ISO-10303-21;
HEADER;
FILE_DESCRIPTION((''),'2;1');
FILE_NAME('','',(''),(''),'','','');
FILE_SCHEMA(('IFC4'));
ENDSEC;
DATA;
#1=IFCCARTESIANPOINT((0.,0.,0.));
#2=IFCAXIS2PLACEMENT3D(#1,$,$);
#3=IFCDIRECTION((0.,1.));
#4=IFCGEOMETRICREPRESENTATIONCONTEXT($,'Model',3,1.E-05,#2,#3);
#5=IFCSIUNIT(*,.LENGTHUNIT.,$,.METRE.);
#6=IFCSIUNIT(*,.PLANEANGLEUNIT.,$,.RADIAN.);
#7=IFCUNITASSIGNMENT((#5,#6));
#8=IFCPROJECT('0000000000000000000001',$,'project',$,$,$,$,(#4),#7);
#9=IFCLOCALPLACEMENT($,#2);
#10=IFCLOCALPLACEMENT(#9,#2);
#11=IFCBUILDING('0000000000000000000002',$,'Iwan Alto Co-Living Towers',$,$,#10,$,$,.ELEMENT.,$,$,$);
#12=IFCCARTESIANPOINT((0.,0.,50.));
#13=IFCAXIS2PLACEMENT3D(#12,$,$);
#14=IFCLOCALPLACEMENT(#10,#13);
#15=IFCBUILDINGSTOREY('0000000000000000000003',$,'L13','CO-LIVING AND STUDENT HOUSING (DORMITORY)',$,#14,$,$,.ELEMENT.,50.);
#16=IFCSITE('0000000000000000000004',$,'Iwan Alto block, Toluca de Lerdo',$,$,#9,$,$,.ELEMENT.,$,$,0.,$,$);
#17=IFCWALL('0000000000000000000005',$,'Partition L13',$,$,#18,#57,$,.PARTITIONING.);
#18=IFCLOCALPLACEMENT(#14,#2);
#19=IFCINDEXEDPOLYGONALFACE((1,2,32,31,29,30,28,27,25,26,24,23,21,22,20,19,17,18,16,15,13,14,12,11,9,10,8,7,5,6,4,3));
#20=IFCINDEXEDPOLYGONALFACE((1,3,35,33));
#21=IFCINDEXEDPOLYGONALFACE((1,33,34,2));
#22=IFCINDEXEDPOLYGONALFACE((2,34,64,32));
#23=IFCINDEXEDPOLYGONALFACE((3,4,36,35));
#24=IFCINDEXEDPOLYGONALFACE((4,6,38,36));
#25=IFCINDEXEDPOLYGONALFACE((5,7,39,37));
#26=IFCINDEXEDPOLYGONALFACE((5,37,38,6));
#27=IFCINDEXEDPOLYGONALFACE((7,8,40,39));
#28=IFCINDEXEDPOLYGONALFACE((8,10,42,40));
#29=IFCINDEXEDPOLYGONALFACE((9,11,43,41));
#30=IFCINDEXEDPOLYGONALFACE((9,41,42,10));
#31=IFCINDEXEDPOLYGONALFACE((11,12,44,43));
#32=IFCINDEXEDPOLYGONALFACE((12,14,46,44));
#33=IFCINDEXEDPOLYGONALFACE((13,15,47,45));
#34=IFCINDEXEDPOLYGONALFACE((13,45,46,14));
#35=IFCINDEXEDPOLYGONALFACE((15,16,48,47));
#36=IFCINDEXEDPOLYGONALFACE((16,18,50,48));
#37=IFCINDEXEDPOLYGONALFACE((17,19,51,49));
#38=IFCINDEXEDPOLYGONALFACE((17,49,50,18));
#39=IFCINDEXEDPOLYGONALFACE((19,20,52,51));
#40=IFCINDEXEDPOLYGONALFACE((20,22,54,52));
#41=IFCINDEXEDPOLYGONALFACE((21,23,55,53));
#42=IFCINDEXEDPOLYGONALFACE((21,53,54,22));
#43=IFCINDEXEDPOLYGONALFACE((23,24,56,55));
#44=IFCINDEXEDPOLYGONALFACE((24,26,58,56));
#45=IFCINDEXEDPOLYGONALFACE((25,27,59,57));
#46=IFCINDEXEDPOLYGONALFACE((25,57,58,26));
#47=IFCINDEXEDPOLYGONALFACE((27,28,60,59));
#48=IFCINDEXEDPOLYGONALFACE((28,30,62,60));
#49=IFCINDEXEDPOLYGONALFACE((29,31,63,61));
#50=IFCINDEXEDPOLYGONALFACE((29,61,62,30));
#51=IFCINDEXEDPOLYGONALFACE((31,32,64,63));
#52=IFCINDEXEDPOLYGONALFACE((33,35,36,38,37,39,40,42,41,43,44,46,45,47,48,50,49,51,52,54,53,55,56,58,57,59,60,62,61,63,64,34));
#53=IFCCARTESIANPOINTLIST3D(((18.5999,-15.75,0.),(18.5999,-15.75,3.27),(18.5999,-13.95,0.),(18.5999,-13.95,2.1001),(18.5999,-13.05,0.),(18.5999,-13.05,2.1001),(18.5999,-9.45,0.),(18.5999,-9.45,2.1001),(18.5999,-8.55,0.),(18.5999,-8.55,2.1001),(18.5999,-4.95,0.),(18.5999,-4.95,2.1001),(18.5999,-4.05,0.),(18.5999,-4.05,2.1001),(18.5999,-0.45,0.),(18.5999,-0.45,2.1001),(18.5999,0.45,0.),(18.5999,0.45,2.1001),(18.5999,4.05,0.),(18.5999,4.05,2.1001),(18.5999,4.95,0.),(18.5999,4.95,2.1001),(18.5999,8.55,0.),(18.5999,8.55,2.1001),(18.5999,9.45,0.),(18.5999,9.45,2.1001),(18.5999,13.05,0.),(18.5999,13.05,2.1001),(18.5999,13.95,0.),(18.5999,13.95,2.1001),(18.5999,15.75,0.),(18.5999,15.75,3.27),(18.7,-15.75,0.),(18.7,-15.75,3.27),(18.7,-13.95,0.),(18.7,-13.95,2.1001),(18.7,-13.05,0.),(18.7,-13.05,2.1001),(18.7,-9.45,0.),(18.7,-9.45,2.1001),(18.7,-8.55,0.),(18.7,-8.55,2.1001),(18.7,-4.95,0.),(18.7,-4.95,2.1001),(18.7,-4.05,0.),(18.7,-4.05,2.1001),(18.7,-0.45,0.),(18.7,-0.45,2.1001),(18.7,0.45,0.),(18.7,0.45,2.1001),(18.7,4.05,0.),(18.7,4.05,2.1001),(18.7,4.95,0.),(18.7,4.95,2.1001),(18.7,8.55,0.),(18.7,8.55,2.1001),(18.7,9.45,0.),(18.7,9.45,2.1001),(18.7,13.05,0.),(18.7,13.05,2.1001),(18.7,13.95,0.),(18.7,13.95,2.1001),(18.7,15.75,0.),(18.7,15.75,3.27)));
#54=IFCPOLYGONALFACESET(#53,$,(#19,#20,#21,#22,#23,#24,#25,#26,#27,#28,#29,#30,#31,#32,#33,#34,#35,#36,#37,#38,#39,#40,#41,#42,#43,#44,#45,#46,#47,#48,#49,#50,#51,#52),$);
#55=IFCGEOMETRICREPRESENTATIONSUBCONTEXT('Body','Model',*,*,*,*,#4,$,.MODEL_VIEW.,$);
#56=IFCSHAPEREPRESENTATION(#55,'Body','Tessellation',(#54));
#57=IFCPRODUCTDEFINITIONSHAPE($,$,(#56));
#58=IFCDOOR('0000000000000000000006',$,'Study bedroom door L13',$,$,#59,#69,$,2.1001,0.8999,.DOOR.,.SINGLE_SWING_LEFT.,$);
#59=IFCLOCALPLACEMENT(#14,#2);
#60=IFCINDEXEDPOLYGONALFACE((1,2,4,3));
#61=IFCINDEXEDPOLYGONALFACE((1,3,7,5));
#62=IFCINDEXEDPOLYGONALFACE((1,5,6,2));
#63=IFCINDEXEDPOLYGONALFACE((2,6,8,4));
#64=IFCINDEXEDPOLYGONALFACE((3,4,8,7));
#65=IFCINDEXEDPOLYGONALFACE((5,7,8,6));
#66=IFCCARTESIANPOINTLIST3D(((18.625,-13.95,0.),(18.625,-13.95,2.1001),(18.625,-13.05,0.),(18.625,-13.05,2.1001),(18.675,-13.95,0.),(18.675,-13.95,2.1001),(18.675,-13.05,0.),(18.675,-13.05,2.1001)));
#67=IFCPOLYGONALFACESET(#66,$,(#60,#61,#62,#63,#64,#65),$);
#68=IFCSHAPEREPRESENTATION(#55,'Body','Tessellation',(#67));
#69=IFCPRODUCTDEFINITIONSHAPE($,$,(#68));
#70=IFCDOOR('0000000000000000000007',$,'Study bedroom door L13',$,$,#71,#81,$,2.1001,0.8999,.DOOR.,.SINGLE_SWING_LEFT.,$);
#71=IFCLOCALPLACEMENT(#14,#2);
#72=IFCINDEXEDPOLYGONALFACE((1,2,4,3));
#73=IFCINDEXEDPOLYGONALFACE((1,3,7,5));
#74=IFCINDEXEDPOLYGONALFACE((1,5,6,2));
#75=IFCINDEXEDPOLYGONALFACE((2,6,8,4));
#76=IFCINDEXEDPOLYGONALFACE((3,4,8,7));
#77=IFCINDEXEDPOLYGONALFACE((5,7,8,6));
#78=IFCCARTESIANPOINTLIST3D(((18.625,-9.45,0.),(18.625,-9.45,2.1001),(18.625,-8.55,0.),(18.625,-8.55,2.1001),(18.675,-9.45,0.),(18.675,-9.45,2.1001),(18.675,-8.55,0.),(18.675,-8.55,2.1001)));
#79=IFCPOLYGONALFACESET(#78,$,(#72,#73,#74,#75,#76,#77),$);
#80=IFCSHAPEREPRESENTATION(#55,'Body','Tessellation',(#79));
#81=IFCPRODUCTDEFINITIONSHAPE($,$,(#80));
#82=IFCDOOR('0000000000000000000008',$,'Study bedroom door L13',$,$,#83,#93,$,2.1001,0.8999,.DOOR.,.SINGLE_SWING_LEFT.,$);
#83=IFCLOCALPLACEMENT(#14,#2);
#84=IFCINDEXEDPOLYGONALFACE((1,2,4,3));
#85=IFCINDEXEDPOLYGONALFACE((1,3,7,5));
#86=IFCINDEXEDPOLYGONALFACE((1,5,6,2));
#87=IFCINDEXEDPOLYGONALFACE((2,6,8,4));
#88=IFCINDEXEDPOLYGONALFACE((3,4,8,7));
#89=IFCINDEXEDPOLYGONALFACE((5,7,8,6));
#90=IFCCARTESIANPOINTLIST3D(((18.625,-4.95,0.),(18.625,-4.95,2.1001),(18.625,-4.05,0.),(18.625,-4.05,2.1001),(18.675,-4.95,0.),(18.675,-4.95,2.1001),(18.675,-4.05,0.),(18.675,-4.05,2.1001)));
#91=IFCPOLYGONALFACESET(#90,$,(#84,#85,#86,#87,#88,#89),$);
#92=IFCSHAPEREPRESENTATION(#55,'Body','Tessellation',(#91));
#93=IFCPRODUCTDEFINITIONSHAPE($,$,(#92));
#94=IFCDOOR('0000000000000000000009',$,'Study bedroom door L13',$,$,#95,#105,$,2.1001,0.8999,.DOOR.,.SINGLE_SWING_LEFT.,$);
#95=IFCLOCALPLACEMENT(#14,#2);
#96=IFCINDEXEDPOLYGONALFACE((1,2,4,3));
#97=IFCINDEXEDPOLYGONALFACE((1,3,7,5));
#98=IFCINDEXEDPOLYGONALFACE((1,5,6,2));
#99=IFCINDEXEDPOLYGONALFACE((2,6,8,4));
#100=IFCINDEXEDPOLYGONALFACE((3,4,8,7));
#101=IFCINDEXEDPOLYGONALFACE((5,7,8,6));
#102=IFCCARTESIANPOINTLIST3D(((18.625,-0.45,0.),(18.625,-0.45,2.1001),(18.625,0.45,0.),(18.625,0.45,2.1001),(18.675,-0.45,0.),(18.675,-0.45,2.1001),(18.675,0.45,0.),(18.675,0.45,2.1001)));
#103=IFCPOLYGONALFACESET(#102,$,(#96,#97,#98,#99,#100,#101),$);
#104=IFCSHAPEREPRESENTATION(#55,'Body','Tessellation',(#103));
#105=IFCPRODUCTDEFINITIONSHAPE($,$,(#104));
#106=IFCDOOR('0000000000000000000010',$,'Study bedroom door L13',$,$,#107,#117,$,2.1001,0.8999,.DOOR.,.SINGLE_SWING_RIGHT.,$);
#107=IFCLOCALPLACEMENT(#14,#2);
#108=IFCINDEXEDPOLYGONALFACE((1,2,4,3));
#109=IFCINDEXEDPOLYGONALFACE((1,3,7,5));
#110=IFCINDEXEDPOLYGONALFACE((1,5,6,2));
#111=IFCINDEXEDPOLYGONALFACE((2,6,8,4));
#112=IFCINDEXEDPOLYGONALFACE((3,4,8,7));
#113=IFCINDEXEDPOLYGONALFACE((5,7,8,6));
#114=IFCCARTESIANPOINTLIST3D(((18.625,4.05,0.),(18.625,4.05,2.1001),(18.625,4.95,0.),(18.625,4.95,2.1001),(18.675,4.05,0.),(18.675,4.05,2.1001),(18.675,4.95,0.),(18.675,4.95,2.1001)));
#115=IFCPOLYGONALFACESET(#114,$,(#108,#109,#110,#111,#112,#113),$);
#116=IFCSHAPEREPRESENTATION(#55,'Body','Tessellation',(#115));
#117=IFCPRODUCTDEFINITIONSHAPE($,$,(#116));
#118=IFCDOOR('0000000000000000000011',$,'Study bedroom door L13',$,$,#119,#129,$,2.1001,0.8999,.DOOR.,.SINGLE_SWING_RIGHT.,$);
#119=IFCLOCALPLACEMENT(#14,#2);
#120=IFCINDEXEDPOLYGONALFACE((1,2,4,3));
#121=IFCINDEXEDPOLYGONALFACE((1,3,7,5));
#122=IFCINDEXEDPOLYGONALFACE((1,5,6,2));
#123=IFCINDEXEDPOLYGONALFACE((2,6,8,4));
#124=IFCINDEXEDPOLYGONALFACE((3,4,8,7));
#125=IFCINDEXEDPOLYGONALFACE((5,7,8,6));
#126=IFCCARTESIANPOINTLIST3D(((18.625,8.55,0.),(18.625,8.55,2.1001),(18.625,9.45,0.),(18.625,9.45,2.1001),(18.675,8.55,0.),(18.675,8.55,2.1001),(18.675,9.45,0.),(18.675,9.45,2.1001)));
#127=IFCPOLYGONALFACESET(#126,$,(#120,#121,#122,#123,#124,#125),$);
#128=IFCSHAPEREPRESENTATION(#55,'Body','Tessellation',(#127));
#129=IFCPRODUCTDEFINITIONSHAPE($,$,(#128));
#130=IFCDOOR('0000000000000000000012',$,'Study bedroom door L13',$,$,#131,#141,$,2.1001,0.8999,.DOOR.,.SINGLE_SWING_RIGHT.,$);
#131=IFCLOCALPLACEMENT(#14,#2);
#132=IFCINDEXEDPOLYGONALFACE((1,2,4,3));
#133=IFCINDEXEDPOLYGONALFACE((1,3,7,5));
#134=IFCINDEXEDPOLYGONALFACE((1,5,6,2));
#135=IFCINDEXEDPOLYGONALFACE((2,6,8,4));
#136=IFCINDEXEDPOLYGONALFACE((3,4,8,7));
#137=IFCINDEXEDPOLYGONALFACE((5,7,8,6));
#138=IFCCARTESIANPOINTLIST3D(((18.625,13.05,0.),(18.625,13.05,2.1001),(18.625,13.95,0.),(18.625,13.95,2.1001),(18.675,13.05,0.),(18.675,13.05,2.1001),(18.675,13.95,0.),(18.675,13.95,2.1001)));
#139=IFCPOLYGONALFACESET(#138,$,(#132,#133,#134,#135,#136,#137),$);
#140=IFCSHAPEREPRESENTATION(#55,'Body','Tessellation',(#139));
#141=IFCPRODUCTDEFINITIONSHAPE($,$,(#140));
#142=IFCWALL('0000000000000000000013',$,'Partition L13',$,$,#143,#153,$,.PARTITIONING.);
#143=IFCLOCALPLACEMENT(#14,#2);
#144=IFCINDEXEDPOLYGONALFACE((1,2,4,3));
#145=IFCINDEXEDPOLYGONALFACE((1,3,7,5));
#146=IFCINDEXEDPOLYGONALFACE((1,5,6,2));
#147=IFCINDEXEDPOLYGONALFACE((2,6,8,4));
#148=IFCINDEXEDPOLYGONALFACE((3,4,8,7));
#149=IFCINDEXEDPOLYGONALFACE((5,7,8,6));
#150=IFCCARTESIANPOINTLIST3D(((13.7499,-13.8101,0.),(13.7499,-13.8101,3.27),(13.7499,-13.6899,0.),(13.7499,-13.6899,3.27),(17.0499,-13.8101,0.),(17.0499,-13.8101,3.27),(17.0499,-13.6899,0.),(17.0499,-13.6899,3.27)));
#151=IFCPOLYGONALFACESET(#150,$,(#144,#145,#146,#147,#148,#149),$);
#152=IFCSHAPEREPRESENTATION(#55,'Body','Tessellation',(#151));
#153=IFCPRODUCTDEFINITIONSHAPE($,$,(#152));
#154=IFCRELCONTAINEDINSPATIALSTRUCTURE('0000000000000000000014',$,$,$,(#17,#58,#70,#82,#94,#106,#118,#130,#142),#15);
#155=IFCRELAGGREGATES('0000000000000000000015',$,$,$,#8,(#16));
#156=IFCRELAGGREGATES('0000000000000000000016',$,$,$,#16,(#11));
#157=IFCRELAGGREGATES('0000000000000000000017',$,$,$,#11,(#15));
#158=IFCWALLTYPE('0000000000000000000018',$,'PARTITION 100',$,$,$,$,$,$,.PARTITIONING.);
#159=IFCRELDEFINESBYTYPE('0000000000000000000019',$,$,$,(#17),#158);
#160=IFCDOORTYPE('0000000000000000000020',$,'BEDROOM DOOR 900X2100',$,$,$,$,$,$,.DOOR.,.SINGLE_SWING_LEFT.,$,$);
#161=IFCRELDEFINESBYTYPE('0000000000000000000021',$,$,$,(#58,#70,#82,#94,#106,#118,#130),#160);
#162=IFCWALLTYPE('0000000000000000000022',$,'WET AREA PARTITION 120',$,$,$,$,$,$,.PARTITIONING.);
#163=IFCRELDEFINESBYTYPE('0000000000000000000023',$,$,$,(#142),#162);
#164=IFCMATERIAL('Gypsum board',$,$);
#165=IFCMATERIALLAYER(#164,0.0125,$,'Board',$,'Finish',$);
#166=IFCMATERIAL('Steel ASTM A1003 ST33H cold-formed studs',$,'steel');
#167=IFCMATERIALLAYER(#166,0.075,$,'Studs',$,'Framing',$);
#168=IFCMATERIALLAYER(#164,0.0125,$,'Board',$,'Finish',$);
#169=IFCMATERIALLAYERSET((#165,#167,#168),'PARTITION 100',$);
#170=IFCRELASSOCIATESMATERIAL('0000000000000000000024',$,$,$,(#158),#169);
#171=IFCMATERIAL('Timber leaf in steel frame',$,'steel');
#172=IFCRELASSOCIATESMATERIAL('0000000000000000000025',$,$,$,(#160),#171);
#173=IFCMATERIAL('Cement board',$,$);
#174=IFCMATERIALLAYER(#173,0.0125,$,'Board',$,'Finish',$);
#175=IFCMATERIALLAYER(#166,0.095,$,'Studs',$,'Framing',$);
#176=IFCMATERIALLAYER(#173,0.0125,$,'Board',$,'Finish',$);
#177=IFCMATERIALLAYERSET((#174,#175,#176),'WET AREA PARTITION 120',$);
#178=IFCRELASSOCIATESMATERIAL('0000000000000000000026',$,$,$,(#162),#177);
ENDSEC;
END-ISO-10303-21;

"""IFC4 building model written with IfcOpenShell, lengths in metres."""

from ifc_helpers import new_model, si_unit, direction, frame, frame_2d, origin, place, context, subcontext, project, spatial, rectangle, extrude, material, layer, layer_set, type_object, element, fill, save


model = new_model("IFC4")

# Units and contexts
model_context = context("Model", 3, precision=1e-05, world=origin(), true_north=direction((0.0, 1.0)))
body_context = subcontext(model_context, "Body", "Model", "MODEL_VIEW")
ifc_project = project(units=[si_unit("LENGTHUNIT", "METRE"), si_unit("PLANEANGLEUNIT", "RADIAN")], contexts=[model_context])

# Site, building, storey
site_placement = place(None, origin())
site = spatial("IfcSite", under=ifc_project, at=site_placement, Name="Iwan Alto block, Toluca de Lerdo", CompositionType="ELEMENT", RefElevation=0.0)
building_placement = place(site_placement, origin())
building = spatial("IfcBuilding", under=site, at=building_placement, Name="Iwan Alto Co-Living Towers", CompositionType="ELEMENT")
storey_placement = place(building_placement, frame((0.0, 0.0, 50.0)))
storey = spatial("IfcBuildingStorey", under=building, at=storey_placement, Name="L13", Description="CO-LIVING AND STUDENT HOUSING (DORMITORY)", CompositionType="ELEMENT", Elevation=50.0)

# Shared definitions
ifc_material_1 = material(Name="Gypsum board")
ifc_layer_1 = layer(ifc_material_1, 0.0125, Name="Board", Category="Finish")
ifc_material_2 = material(Name="Steel ASTM A1003 ST33H cold-formed studs", Category="steel")
ifc_layer_2 = layer(ifc_material_2, 0.075, Name="Studs", Category="Framing")
ifc_layer_3 = layer(ifc_material_1, 0.0125, Name="Board", Category="Finish")
ifc_layer_set_1 = layer_set([ifc_layer_1, ifc_layer_2, ifc_layer_3], Name="PARTITION 100")
wall_type_1 = type_object("IfcWallType", Name="PARTITION 100", PredefinedType="PARTITIONING", material=ifc_layer_set_1)

# Wall, openings, doors
wall_1_placement = place(storey_placement, frame((18.6499, -15.75, 0.0), z_axis=(0.0, 0.0, 1.0), x_axis=(0.0, 1.0, 0.0)))
wall_1 = element("IfcWall", 1, at=wall_1_placement, inside=storey, type_object=wall_type_1, Name="Partition L13", PredefinedType="PARTITIONING", context=body_context, shape_type="SweptSolid", body=[
    extrude(rectangle(XDim=31.5, YDim=0.1001, at=frame_2d((15.75, 0.0))), origin(), (0.0, 0.0, 1.0), 3.27),
])
opening_1_placement = place(wall_1_placement, frame((1.8, 0.0, 0.0)))
opening_1 = element("IfcOpeningElement", 2, at=opening_1_placement, cuts=wall_1, PredefinedType="OPENING", context=body_context, shape_type="SweptSolid", body=[
    extrude(rectangle(XDim=0.8999, YDim=2.1001, at=frame_2d((0.45, 1.05))), frame((0.0, 0.0601, 0.0), z_axis=(0.0, -1.0, 0.0), x_axis=(1.0, 0.0, 0.0)), (0.0, 0.0, 1.0), 0.1201),
])
opening_2_placement = place(wall_1_placement, frame((6.3, 0.0, 0.0)))
opening_2 = element("IfcOpeningElement", 3, at=opening_2_placement, cuts=wall_1, PredefinedType="OPENING", context=body_context, shape_type="SweptSolid", body=[
    extrude(rectangle(XDim=0.8999, YDim=2.1001, at=frame_2d((0.45, 1.05))), frame((0.0, 0.0601, 0.0), z_axis=(0.0, -1.0, 0.0), x_axis=(1.0, 0.0, 0.0)), (0.0, 0.0, 1.0), 0.1201),
])
opening_3_placement = place(wall_1_placement, frame((10.8, 0.0, 0.0)))
opening_3 = element("IfcOpeningElement", 4, at=opening_3_placement, cuts=wall_1, PredefinedType="OPENING", context=body_context, shape_type="SweptSolid", body=[
    extrude(rectangle(XDim=0.8999, YDim=2.1001, at=frame_2d((0.45, 1.05))), frame((0.0, 0.0601, 0.0), z_axis=(0.0, -1.0, 0.0), x_axis=(1.0, 0.0, 0.0)), (0.0, 0.0, 1.0), 0.1201),
])
opening_4_placement = place(wall_1_placement, frame((15.3, 0.0, 0.0)))
opening_4 = element("IfcOpeningElement", 5, at=opening_4_placement, cuts=wall_1, PredefinedType="OPENING", context=body_context, shape_type="SweptSolid", body=[
    extrude(rectangle(XDim=0.8999, YDim=2.1001, at=frame_2d((0.45, 1.05))), frame((0.0, 0.0601, 0.0), z_axis=(0.0, -1.0, 0.0), x_axis=(1.0, 0.0, 0.0)), (0.0, 0.0, 1.0), 0.1201),
])
opening_5_placement = place(wall_1_placement, frame((19.8, 0.0, 0.0)))
opening_5 = element("IfcOpeningElement", 6, at=opening_5_placement, cuts=wall_1, PredefinedType="OPENING", context=body_context, shape_type="SweptSolid", body=[
    extrude(rectangle(XDim=0.8999, YDim=2.1001, at=frame_2d((0.45, 1.05))), frame((0.0, 0.0601, 0.0), z_axis=(0.0, -1.0, 0.0), x_axis=(1.0, 0.0, 0.0)), (0.0, 0.0, 1.0), 0.1201),
])
opening_6_placement = place(wall_1_placement, frame((24.3, 0.0, 0.0)))
opening_6 = element("IfcOpeningElement", 7, at=opening_6_placement, cuts=wall_1, PredefinedType="OPENING", context=body_context, shape_type="SweptSolid", body=[
    extrude(rectangle(XDim=0.8999, YDim=2.1001, at=frame_2d((0.45, 1.05))), frame((0.0, 0.0601, 0.0), z_axis=(0.0, -1.0, 0.0), x_axis=(1.0, 0.0, 0.0)), (0.0, 0.0, 1.0), 0.1201),
])
opening_7_placement = place(wall_1_placement, frame((28.8, 0.0, 0.0)))
opening_7 = element("IfcOpeningElement", 8, at=opening_7_placement, cuts=wall_1, PredefinedType="OPENING", context=body_context, shape_type="SweptSolid", body=[
    extrude(rectangle(XDim=0.8999, YDim=2.1001, at=frame_2d((0.45, 1.05))), frame((0.0, 0.0601, 0.0), z_axis=(0.0, -1.0, 0.0), x_axis=(1.0, 0.0, 0.0)), (0.0, 0.0, 1.0), 0.1201),
])
ifc_material_3 = material(Name="Timber leaf in steel frame", Category="steel")
door_type_1 = type_object("IfcDoorType", Name="BEDROOM DOOR 900X2100", OperationType="SINGLE_SWING_LEFT", PredefinedType="DOOR", material=ifc_material_3)
door_1_placement = place(opening_1_placement, origin())
door_1 = element("IfcDoor", 9, at=door_1_placement, inside=storey, type_object=door_type_1, Name="Study bedroom door L13", OperationType="SINGLE_SWING_LEFT", OverallHeight=2.1001, OverallWidth=0.8999, PredefinedType="DOOR", context=body_context, shape_type="SweptSolid", body=[
    extrude(rectangle(XDim=0.8999, YDim=2.1001, at=frame_2d((0.45, 1.05))), frame((0.0, 0.0249, 0.0), z_axis=(0.0, -1.0, 0.0), x_axis=(1.0, 0.0, 0.0)), (0.0, 0.0, 1.0), 0.05),
])
fill(opening_1, door_1)
door_2_placement = place(opening_2_placement, origin())
door_2 = element("IfcDoor", 10, at=door_2_placement, inside=storey, type_object=door_type_1, Name="Study bedroom door L13", OperationType="SINGLE_SWING_LEFT", OverallHeight=2.1001, OverallWidth=0.8999, PredefinedType="DOOR", context=body_context, shape_type="SweptSolid", body=[
    extrude(rectangle(XDim=0.8999, YDim=2.1001, at=frame_2d((0.45, 1.05))), frame((0.0, 0.0249, 0.0), z_axis=(0.0, -1.0, 0.0), x_axis=(1.0, 0.0, 0.0)), (0.0, 0.0, 1.0), 0.05),
])
fill(opening_2, door_2)
door_3_placement = place(opening_3_placement, origin())
door_3 = element("IfcDoor", 11, at=door_3_placement, inside=storey, type_object=door_type_1, Name="Study bedroom door L13", OperationType="SINGLE_SWING_LEFT", OverallHeight=2.1001, OverallWidth=0.8999, PredefinedType="DOOR", context=body_context, shape_type="SweptSolid", body=[
    extrude(rectangle(XDim=0.8999, YDim=2.1001, at=frame_2d((0.45, 1.05))), frame((0.0, 0.0249, 0.0), z_axis=(0.0, -1.0, 0.0), x_axis=(1.0, 0.0, 0.0)), (0.0, 0.0, 1.0), 0.05),
])
fill(opening_3, door_3)
door_4_placement = place(opening_4_placement, origin())
door_4 = element("IfcDoor", 12, at=door_4_placement, inside=storey, type_object=door_type_1, Name="Study bedroom door L13", OperationType="SINGLE_SWING_LEFT", OverallHeight=2.1001, OverallWidth=0.8999, PredefinedType="DOOR", context=body_context, shape_type="SweptSolid", body=[
    extrude(rectangle(XDim=0.8999, YDim=2.1001, at=frame_2d((0.45, 1.05))), frame((0.0, 0.0249, 0.0), z_axis=(0.0, -1.0, 0.0), x_axis=(1.0, 0.0, 0.0)), (0.0, 0.0, 1.0), 0.05),
])
fill(opening_4, door_4)
door_5_placement = place(opening_5_placement, origin())
door_5 = element("IfcDoor", 13, at=door_5_placement, inside=storey, type_object=door_type_1, Name="Study bedroom door L13", OperationType="SINGLE_SWING_RIGHT", OverallHeight=2.1001, OverallWidth=0.8999, PredefinedType="DOOR", context=body_context, shape_type="SweptSolid", body=[
    extrude(rectangle(XDim=0.8999, YDim=2.1001, at=frame_2d((0.45, 1.05))), frame((0.0, 0.0249, 0.0), z_axis=(0.0, -1.0, 0.0), x_axis=(1.0, 0.0, 0.0)), (0.0, 0.0, 1.0), 0.05),
])
fill(opening_5, door_5)
door_6_placement = place(opening_6_placement, origin())
door_6 = element("IfcDoor", 14, at=door_6_placement, inside=storey, type_object=door_type_1, Name="Study bedroom door L13", OperationType="SINGLE_SWING_RIGHT", OverallHeight=2.1001, OverallWidth=0.8999, PredefinedType="DOOR", context=body_context, shape_type="SweptSolid", body=[
    extrude(rectangle(XDim=0.8999, YDim=2.1001, at=frame_2d((0.45, 1.05))), frame((0.0, 0.0249, 0.0), z_axis=(0.0, -1.0, 0.0), x_axis=(1.0, 0.0, 0.0)), (0.0, 0.0, 1.0), 0.05),
])
fill(opening_6, door_6)
door_7_placement = place(opening_7_placement, origin())
door_7 = element("IfcDoor", 15, at=door_7_placement, inside=storey, type_object=door_type_1, Name="Study bedroom door L13", OperationType="SINGLE_SWING_RIGHT", OverallHeight=2.1001, OverallWidth=0.8999, PredefinedType="DOOR", context=body_context, shape_type="SweptSolid", body=[
    extrude(rectangle(XDim=0.8999, YDim=2.1001, at=frame_2d((0.45, 1.05))), frame((0.0, 0.0249, 0.0), z_axis=(0.0, -1.0, 0.0), x_axis=(1.0, 0.0, 0.0)), (0.0, 0.0, 1.0), 0.05),
])
fill(opening_7, door_7)

# Wall
ifc_material_4 = material(Name="Cement board")
ifc_layer_4 = layer(ifc_material_4, 0.0125, Name="Board", Category="Finish")
ifc_layer_5 = layer(ifc_material_2, 0.095, Name="Studs", Category="Framing")
ifc_layer_6 = layer(ifc_material_4, 0.0125, Name="Board", Category="Finish")
ifc_layer_set_2 = layer_set([ifc_layer_4, ifc_layer_5, ifc_layer_6], Name="WET AREA PARTITION 120")
wall_type_2 = type_object("IfcWallType", Name="WET AREA PARTITION 120", PredefinedType="PARTITIONING", material=ifc_layer_set_2)
wall_2_placement = place(storey_placement, frame((13.75, -13.75, 0.0), z_axis=(0.0, 0.0, 1.0), x_axis=(1.0, 0.0, 0.0)))
element("IfcWall", 16, at=wall_2_placement, inside=storey, type_object=wall_type_2, Name="Partition L13", PredefinedType="PARTITIONING", context=body_context, shape_type="SweptSolid", body=[
    extrude(rectangle(XDim=3.3, YDim=0.1201, at=frame_2d((1.6499, 0.0))), origin(), (0.0, 0.0, 1.0), 3.27),
])

save(model, "model.ifc")
